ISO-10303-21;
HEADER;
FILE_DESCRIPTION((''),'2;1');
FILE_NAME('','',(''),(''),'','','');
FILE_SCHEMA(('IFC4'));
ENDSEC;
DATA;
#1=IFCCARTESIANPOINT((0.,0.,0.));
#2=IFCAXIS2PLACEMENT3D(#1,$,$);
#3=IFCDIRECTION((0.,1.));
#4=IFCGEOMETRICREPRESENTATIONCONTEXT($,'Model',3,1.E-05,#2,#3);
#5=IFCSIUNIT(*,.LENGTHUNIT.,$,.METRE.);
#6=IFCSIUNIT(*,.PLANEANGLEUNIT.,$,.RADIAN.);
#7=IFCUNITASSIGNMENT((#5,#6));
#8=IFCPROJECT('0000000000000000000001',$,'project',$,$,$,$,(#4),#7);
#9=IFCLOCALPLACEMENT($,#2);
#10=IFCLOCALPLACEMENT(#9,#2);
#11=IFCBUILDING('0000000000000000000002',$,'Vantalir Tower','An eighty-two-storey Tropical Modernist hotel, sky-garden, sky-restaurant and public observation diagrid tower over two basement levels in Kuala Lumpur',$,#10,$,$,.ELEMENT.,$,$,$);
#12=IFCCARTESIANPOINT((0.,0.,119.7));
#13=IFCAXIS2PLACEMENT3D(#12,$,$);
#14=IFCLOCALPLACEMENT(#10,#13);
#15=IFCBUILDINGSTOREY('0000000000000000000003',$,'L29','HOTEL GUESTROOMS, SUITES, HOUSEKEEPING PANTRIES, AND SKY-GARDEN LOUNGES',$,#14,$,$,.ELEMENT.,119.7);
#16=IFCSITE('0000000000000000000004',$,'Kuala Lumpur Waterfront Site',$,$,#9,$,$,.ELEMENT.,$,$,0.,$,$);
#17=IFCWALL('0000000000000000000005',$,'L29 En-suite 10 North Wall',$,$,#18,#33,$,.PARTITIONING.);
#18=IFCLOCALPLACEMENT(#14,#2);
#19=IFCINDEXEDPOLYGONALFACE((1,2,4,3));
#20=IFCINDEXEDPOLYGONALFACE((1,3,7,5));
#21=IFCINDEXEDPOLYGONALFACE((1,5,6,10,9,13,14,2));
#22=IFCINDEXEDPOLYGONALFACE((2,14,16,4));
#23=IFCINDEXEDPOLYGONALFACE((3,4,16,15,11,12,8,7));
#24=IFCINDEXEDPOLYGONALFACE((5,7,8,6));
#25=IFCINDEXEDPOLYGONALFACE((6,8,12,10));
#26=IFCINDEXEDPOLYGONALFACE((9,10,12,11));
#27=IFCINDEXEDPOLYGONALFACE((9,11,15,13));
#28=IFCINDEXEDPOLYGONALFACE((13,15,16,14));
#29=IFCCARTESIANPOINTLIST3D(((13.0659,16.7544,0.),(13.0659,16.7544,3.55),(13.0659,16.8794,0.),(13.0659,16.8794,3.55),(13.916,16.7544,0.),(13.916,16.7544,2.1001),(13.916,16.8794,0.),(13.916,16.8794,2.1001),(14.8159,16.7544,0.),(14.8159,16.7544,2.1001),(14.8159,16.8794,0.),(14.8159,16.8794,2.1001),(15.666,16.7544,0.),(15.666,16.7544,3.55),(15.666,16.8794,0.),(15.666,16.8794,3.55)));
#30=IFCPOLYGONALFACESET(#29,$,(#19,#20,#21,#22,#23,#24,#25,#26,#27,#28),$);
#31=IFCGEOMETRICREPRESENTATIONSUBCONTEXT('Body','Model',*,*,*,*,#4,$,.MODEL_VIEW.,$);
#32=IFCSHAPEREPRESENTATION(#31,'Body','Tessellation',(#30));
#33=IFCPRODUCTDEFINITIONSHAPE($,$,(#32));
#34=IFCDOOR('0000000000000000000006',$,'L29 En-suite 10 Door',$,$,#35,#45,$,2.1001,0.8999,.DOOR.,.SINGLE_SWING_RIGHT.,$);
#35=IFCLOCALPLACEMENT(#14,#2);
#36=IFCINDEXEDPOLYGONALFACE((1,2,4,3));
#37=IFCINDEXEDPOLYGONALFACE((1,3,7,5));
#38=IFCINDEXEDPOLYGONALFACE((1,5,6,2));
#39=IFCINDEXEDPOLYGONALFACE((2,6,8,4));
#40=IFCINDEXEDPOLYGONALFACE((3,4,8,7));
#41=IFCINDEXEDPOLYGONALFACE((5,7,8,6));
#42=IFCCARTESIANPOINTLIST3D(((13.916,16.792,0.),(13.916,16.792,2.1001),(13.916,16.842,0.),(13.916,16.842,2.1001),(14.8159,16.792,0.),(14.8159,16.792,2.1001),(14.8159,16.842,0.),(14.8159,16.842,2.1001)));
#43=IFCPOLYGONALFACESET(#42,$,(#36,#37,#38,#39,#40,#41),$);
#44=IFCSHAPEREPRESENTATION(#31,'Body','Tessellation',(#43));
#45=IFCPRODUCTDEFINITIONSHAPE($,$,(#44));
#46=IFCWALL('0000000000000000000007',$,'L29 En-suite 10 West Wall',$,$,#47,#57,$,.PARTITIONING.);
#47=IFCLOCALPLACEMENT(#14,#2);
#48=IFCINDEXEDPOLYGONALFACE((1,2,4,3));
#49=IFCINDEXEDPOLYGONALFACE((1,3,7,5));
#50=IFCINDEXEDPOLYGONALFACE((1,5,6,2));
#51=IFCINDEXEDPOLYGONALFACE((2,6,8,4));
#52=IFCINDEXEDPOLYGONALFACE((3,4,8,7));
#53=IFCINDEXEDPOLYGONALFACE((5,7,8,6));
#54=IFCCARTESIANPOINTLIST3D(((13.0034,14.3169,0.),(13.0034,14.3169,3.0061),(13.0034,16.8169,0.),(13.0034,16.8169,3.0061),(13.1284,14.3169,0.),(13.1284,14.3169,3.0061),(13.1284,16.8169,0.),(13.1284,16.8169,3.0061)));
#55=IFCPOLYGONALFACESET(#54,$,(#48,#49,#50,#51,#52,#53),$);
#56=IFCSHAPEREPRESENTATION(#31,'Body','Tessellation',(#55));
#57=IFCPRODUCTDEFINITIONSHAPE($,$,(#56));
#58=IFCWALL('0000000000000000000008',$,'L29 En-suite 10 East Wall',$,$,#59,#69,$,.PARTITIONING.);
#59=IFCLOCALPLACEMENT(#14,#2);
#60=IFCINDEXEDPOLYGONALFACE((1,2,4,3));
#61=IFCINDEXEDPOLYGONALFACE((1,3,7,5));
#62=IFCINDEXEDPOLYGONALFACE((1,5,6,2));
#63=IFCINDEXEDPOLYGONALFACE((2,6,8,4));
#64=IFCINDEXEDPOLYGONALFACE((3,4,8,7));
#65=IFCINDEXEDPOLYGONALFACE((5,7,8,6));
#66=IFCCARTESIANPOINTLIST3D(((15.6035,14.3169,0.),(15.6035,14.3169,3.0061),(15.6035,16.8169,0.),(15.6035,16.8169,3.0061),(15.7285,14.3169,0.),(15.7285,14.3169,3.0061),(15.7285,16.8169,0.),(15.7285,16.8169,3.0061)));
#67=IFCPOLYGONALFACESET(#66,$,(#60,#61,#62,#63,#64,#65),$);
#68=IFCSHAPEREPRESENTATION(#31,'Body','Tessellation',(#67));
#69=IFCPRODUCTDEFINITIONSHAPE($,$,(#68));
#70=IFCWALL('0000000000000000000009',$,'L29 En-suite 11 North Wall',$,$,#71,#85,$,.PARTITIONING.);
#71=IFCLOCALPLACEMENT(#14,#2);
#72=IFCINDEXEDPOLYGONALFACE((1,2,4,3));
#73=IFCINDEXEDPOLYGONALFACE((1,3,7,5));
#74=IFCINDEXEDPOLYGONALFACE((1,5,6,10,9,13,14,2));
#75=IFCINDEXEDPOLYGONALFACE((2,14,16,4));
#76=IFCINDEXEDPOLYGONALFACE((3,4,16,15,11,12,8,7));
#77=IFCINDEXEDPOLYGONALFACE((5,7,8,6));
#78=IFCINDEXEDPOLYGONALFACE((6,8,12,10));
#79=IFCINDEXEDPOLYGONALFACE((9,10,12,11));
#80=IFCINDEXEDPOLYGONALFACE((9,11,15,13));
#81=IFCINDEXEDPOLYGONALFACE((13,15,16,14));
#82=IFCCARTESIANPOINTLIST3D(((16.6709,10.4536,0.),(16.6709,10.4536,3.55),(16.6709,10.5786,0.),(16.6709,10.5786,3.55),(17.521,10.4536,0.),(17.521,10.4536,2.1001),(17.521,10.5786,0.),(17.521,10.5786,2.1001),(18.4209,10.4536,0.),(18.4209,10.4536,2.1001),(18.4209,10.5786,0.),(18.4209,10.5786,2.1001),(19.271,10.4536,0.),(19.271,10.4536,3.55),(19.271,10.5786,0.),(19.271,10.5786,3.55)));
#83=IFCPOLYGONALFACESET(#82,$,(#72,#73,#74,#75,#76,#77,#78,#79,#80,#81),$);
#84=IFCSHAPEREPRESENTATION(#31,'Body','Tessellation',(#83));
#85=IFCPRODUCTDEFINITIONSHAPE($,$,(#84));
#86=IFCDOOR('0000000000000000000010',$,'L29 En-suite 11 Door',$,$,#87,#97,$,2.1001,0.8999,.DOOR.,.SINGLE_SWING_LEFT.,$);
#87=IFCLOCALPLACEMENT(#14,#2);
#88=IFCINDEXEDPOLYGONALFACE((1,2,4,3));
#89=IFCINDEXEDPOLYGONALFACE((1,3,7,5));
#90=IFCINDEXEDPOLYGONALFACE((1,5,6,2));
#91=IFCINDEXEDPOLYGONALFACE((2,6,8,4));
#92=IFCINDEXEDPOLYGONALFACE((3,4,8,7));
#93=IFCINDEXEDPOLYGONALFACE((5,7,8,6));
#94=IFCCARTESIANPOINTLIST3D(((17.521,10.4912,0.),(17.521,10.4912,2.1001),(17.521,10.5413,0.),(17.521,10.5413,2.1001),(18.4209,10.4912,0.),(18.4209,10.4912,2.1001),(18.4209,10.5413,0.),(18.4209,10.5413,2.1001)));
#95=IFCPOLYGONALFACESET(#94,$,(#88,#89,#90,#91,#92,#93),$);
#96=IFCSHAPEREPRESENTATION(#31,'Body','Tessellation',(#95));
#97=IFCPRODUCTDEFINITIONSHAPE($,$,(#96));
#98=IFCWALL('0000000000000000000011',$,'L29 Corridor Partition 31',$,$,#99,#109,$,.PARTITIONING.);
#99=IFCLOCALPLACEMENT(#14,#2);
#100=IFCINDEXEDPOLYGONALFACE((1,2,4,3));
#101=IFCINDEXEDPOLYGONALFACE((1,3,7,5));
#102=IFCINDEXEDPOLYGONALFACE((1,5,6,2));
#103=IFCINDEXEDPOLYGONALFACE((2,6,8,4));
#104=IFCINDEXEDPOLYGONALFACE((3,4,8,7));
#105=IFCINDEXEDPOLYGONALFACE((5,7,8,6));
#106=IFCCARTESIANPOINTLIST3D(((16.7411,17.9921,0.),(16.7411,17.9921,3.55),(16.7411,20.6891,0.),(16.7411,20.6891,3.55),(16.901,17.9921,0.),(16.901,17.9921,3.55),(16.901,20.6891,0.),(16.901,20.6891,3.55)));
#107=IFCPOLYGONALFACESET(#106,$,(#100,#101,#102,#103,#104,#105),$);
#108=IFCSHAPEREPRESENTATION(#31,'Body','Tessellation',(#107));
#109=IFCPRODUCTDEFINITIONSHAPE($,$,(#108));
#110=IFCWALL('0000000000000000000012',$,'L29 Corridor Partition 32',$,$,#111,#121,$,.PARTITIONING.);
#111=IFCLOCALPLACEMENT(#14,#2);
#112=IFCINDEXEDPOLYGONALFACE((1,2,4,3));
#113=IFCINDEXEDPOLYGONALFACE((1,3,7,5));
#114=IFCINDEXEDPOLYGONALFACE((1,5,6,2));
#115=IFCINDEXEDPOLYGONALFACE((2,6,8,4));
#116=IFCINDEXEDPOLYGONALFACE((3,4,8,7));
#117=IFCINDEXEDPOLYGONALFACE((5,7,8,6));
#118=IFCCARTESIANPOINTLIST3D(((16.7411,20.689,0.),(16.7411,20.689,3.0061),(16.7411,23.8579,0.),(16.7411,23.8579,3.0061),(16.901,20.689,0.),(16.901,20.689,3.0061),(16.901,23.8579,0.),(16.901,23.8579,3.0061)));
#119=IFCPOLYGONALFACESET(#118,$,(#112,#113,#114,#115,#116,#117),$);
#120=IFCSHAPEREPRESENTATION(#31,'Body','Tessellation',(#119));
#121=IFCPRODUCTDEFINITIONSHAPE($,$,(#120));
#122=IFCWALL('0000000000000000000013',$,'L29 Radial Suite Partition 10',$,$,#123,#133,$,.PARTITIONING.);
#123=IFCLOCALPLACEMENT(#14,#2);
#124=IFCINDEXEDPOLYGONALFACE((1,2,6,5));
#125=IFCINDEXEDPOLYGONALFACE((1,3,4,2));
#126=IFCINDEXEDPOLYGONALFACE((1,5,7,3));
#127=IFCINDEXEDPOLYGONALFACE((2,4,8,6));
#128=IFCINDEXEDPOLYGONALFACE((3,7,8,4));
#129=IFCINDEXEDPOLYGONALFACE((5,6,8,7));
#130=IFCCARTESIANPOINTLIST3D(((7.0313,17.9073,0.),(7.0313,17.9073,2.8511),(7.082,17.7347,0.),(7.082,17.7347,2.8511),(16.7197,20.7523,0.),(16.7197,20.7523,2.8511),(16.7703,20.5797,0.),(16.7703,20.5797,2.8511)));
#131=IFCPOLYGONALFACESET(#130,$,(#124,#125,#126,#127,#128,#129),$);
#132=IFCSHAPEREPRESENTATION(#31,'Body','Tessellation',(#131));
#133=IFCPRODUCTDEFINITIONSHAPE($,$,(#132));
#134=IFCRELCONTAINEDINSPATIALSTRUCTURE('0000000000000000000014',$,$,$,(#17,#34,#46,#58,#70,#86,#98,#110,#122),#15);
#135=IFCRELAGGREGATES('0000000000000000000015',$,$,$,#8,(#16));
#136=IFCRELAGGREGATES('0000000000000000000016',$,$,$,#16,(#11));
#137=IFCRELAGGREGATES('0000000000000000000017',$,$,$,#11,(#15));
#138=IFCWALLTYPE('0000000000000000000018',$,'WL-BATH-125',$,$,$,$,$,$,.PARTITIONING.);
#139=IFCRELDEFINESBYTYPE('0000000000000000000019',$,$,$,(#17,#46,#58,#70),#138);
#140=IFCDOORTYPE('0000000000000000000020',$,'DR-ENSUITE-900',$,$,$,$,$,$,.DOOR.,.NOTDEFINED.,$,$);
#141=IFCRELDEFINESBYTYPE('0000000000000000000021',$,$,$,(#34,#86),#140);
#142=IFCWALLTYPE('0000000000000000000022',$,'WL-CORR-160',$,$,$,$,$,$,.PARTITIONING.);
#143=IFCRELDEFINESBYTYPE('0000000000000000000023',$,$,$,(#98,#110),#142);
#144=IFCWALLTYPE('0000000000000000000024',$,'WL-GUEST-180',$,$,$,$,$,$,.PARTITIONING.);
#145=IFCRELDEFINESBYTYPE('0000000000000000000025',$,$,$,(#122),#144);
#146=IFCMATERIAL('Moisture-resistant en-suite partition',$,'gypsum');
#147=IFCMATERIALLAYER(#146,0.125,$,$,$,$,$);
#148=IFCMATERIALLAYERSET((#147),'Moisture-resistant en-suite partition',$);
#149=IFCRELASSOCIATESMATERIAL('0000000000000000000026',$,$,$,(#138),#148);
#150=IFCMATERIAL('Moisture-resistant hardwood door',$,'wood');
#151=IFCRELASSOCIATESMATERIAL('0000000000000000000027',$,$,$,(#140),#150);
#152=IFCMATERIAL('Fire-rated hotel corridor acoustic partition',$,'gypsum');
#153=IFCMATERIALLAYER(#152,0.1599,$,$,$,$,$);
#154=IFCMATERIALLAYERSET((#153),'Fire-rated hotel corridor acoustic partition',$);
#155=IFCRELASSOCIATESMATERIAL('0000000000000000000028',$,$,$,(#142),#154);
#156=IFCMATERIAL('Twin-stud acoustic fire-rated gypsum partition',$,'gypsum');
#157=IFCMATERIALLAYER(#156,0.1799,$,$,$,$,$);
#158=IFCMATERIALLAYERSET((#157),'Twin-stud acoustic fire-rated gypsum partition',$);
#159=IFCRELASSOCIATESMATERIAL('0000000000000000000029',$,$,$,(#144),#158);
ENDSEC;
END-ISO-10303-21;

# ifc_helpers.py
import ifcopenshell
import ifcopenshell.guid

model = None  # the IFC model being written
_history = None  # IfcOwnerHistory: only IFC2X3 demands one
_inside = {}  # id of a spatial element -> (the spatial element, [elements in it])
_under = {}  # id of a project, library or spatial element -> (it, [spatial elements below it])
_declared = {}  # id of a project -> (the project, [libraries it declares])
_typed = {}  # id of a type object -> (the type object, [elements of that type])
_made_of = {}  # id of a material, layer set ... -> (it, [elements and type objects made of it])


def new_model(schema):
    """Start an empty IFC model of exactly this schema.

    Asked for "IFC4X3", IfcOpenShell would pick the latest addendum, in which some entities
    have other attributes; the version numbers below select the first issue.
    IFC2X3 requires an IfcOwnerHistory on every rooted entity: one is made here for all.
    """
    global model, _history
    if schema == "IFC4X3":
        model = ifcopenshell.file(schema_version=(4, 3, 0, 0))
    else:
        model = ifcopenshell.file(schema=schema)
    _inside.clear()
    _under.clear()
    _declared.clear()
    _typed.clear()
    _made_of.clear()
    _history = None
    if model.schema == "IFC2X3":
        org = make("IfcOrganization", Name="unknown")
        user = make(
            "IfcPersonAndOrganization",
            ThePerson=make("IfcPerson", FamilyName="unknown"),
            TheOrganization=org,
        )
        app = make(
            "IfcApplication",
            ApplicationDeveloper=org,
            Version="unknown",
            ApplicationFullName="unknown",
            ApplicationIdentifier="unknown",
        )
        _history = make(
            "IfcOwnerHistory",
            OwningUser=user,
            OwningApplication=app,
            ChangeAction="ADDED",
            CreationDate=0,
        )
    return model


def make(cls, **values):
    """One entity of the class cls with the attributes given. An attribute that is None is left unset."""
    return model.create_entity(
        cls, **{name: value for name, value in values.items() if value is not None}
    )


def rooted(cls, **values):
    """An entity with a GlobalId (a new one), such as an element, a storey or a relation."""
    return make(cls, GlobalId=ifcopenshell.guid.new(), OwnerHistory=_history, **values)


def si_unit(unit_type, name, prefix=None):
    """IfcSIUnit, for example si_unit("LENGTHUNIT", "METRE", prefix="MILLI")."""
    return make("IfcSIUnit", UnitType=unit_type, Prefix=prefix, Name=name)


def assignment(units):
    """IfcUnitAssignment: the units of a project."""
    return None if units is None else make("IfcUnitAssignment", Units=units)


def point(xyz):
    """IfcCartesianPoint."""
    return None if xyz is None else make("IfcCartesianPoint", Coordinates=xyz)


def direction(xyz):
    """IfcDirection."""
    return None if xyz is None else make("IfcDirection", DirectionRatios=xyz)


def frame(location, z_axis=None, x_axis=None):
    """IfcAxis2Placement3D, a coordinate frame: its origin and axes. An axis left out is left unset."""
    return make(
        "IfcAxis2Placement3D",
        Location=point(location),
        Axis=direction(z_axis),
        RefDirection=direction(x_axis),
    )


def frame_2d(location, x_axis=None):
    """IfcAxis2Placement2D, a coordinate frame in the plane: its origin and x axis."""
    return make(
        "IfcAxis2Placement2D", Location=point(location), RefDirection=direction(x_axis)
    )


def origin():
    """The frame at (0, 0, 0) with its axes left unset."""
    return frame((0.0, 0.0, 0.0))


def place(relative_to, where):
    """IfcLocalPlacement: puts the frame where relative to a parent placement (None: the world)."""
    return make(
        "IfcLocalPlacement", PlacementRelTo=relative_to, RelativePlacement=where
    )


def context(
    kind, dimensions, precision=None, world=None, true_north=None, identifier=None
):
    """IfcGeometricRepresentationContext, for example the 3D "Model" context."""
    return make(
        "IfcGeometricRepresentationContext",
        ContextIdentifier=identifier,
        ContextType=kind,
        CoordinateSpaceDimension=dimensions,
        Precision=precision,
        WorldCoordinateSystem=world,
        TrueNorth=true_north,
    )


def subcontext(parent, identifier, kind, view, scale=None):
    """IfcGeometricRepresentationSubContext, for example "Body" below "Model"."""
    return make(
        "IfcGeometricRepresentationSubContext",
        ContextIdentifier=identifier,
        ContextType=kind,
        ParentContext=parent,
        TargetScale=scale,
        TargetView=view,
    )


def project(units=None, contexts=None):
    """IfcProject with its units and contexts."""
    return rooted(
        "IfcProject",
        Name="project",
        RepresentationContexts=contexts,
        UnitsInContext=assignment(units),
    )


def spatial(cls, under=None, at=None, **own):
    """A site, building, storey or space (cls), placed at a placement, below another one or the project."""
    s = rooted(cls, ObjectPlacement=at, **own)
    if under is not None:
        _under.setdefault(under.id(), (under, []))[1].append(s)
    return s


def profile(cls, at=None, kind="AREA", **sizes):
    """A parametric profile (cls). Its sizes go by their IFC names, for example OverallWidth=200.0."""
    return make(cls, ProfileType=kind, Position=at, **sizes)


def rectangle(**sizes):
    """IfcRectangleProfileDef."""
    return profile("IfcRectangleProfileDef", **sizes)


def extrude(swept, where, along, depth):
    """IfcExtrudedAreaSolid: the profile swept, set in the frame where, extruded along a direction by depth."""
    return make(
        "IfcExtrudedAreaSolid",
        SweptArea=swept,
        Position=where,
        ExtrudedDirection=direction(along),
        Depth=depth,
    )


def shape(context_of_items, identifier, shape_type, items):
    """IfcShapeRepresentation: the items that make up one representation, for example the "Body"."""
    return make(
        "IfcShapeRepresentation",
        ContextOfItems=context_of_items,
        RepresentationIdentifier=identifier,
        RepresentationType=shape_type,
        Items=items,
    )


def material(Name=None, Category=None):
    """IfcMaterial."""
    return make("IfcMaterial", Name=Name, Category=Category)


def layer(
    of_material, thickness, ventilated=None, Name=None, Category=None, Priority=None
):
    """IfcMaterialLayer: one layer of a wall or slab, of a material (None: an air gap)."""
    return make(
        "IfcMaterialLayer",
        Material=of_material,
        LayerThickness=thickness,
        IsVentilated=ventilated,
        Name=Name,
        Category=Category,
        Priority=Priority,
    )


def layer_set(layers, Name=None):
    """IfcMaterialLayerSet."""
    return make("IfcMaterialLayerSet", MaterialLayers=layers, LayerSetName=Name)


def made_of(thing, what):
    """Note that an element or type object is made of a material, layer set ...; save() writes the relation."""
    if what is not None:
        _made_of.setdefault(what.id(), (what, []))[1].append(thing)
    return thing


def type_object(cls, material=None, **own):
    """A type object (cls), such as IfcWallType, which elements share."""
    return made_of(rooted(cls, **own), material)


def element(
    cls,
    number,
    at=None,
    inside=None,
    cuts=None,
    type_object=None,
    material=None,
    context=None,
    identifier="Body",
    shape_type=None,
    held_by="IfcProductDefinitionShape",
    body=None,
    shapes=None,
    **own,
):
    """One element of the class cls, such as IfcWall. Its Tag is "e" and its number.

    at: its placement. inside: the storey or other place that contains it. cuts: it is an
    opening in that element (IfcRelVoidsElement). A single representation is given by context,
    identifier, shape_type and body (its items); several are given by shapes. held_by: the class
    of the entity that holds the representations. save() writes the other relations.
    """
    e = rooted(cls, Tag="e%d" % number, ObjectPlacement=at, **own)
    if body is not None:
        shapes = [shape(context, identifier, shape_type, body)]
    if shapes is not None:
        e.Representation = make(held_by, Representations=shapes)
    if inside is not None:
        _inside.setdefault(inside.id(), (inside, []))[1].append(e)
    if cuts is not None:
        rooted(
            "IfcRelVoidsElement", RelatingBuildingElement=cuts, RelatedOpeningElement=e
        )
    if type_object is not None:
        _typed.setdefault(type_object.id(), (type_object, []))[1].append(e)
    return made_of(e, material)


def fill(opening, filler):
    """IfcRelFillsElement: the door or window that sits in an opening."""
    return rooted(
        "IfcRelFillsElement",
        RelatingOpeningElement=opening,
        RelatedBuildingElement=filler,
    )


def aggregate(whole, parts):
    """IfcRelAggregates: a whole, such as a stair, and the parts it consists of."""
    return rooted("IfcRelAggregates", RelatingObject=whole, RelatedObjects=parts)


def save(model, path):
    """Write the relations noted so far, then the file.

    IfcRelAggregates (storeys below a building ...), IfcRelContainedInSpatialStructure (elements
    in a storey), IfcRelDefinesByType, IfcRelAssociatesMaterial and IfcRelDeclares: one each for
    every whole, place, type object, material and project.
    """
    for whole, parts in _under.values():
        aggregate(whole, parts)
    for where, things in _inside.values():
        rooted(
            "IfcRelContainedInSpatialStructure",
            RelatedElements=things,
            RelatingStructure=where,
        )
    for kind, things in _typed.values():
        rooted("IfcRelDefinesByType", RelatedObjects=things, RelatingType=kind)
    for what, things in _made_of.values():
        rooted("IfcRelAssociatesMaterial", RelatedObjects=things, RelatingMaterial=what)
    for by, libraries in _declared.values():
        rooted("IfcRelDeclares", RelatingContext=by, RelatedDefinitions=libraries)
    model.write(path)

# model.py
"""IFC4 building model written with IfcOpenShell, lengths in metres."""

from ifc_helpers import new_model, si_unit, direction, frame, frame_2d, origin, place, context, subcontext, project, spatial, rectangle, extrude, material, layer, layer_set, type_object, element, fill, save


model = new_model("IFC4")

# Units and contexts
model_context = context("Model", 3, precision=1e-05, world=origin(), true_north=direction((0.0, 1.0)))
body_context = subcontext(model_context, "Body", "Model", "MODEL_VIEW")
ifc_project = project(units=[si_unit("LENGTHUNIT", "METRE"), si_unit("PLANEANGLEUNIT", "RADIAN")], contexts=[model_context])

# Site, building, storey
site_placement = place(None, origin())
site = spatial("IfcSite", under=ifc_project, at=site_placement, Name="Kuala Lumpur Waterfront Site", CompositionType="ELEMENT", RefElevation=0.0)
building_placement = place(site_placement, origin())
building = spatial("IfcBuilding", under=site, at=building_placement, Name="Vantalir Tower", Description="An eighty-two-storey Tropical Modernist hotel, sky-garden, sky-restaurant and public observation diagrid tower over two basement levels in Kuala Lumpur", CompositionType="ELEMENT")
storey_placement = place(building_placement, frame((0.0, 0.0, 119.7)))
storey = spatial("IfcBuildingStorey", under=building, at=storey_placement, Name="L29", Description="HOTEL GUESTROOMS, SUITES, HOUSEKEEPING PANTRIES, AND SKY-GARDEN LOUNGES", CompositionType="ELEMENT", Elevation=119.7)

# Shared definitions
ifc_material_1 = material(Name="Moisture-resistant en-suite partition", Category="gypsum")
ifc_layer_1 = layer(ifc_material_1, 0.125)
ifc_layer_set_1 = layer_set([ifc_layer_1], Name="Moisture-resistant en-suite partition")
wall_type_1 = type_object("IfcWallType", Name="WL-BATH-125", PredefinedType="PARTITIONING", material=ifc_layer_set_1)

# Shared definitions
ifc_material_2 = material(Name="Moisture-resistant hardwood door", Category="wood")
door_type = type_object("IfcDoorType", Name="DR-ENSUITE-900", OperationType="NOTDEFINED", PredefinedType="DOOR", material=ifc_material_2)

# Wall, opening, door
wall_1_placement = place(storey_placement, frame((13.0659, 16.8169, 0.0), z_axis=(0.0, 0.0, 1.0), x_axis=(1.0, 0.0, 0.0)))
wall_1 = element("IfcWall", 1, at=wall_1_placement, inside=storey, type_object=wall_type_1, Name="L29 En-suite 10 North Wall", PredefinedType="PARTITIONING", context=body_context, shape_type="SweptSolid", body=[
    extrude(rectangle(XDim=2.6001, YDim=0.125, at=frame_2d((1.3, 0.0))), origin(), (0.0, 0.0, 1.0), 3.55),
])
opening_1_placement = place(wall_1_placement, frame((0.8501, 0.0, 0.0)))
opening_1 = element("IfcOpeningElement", 2, at=opening_1_placement, cuts=wall_1, PredefinedType="OPENING", context=body_context, shape_type="SweptSolid", body=[
    extrude(rectangle(XDim=0.8999, YDim=2.1001, at=frame_2d((0.45, 1.05))), frame((0.0, 0.0725, 0.0), z_axis=(0.0, -1.0, 0.0), x_axis=(1.0, 0.0, 0.0)), (0.0, 0.0, 1.0), 0.145),
])
door_1_placement = place(opening_1_placement, frame((0.8999, 0.0, 0.0), z_axis=(0.0, 0.0, 1.0), x_axis=(-1.0, 0.0, 0.0)))
door_1 = element("IfcDoor", 3, at=door_1_placement, inside=storey, type_object=door_type, Name="L29 En-suite 10 Door", OperationType="SINGLE_SWING_RIGHT", OverallHeight=2.1001, OverallWidth=0.8999, PredefinedType="DOOR", context=body_context, shape_type="SweptSolid", body=[
    extrude(rectangle(XDim=0.8999, YDim=2.1001, at=frame_2d((0.45, 1.05))), frame((0.0, 0.0249, 0.0), z_axis=(0.0, -1.0, 0.0), x_axis=(1.0, 0.0, 0.0)), (0.0, 0.0, 1.0), 0.05),
])
fill(opening_1, door_1)

# Walls
for number, where, z_axis, x_axis, name in (
    (4, (13.0659, 14.3169, 0.0), (0.0, 0.0, 1.0), (0.0, 1.0, 0.0), "L29 En-suite 10 West Wall"),
    (5, (15.666, 14.3169, 0.0), (0.0, 0.0, 1.0), (0.0, 1.0, 0.0), "L29 En-suite 10 East Wall"),
):
    element("IfcWall", number, at=place(storey_placement, frame(where, z_axis=z_axis, x_axis=x_axis)), inside=storey, type_object=wall_type_1, Name=name, PredefinedType="PARTITIONING", context=body_context, shape_type="SweptSolid", body=[
        extrude(rectangle(XDim=2.5, YDim=0.125, at=frame_2d((1.25, 0.0))), origin(), (0.0, 0.0, 1.0), 3.0061),
    ])

# Wall, opening, door
wall_2_placement = place(storey_placement, frame((16.6709, 10.5161, 0.0), z_axis=(0.0, 0.0, 1.0), x_axis=(1.0, 0.0, 0.0)))
wall_2 = element("IfcWall", 6, at=wall_2_placement, inside=storey, type_object=wall_type_1, Name="L29 En-suite 11 North Wall", PredefinedType="PARTITIONING", context=body_context, shape_type="SweptSolid", body=[
    extrude(rectangle(XDim=2.6001, YDim=0.125, at=frame_2d((1.3, 0.0))), origin(), (0.0, 0.0, 1.0), 3.55),
])
opening_2_placement = place(wall_2_placement, frame((0.8501, 0.0, 0.0)))
opening_2 = element("IfcOpeningElement", 7, at=opening_2_placement, cuts=wall_2, PredefinedType="OPENING", context=body_context, shape_type="SweptSolid", body=[
    extrude(rectangle(XDim=0.8999, YDim=2.1001, at=frame_2d((0.45, 1.05))), frame((0.0, 0.0725, 0.0), z_axis=(0.0, -1.0, 0.0), x_axis=(1.0, 0.0, 0.0)), (0.0, 0.0, 1.0), 0.145),
])
door_2_placement = place(opening_2_placement, frame((0.8999, 0.0, 0.0), z_axis=(0.0, 0.0, 1.0), x_axis=(-1.0, 0.0, 0.0)))
door_2 = element("IfcDoor", 8, at=door_2_placement, inside=storey, type_object=door_type, Name="L29 En-suite 11 Door", OperationType="SINGLE_SWING_LEFT", OverallHeight=2.1001, OverallWidth=0.8999, PredefinedType="DOOR", context=body_context, shape_type="SweptSolid", body=[
    extrude(rectangle(XDim=0.8999, YDim=2.1001, at=frame_2d((0.45, 1.05))), frame((0.0, 0.0249, 0.0), z_axis=(0.0, -1.0, 0.0), x_axis=(1.0, 0.0, 0.0)), (0.0, 0.0, 1.0), 0.05),
])
fill(opening_2, door_2)

# Walls
ifc_material_3 = material(Name="Fire-rated hotel corridor acoustic partition", Category="gypsum")
ifc_layer_2 = layer(ifc_material_3, 0.1599)
ifc_layer_set_2 = layer_set([ifc_layer_2], Name="Fire-rated hotel corridor acoustic partition")
wall_type_2 = type_object("IfcWallType", Name="WL-CORR-160", PredefinedType="PARTITIONING", material=ifc_layer_set_2)
wall_3_placement = place(storey_placement, frame((16.821, 17.9919, 0.0), z_axis=(0.0, 0.0, 1.0), x_axis=(0.0, 1.0, 0.0)))
element("IfcWall", 9, at=wall_3_placement, inside=storey, type_object=wall_type_2, Name="L29 Corridor Partition 31", PredefinedType="PARTITIONING", context=body_context, shape_type="SweptSolid", body=[
    extrude(rectangle(XDim=2.697, YDim=0.1599, at=frame_2d((1.3486, 0.0))), origin(), (0.0, 0.0, 1.0), 3.55),
])
wall_4_placement = place(storey_placement, frame((16.821, 20.689, 0.0), z_axis=(0.0, 0.0, 1.0), x_axis=(0.0, 1.0, 0.0)))
element("IfcWall", 10, at=wall_4_placement, inside=storey, type_object=wall_type_2, Name="L29 Corridor Partition 32", PredefinedType="PARTITIONING", context=body_context, shape_type="SweptSolid", body=[
    extrude(rectangle(XDim=3.1689, YDim=0.1599, at=frame_2d((1.5845, 0.0))), origin(), (0.0, 0.0, 1.0), 3.0061),
])
ifc_material_4 = material(Name="Twin-stud acoustic fire-rated gypsum partition", Category="gypsum")
ifc_layer_3 = layer(ifc_material_4, 0.1799)
ifc_layer_set_3 = layer_set([ifc_layer_3], Name="Twin-stud acoustic fire-rated gypsum partition")
wall_type_3 = type_object("IfcWallType", Name="WL-GUEST-180", PredefinedType="PARTITIONING", material=ifc_layer_set_3)
wall_5_placement = place(storey_placement, frame((16.7451, 20.666, 0.0), z_axis=(0.0, 0.0, 1.0), x_axis=(-0.959486, -0.281755, 0.0)))
element("IfcWall", 11, at=wall_5_placement, inside=storey, type_object=wall_type_3, Name="L29 Radial Suite Partition 10", PredefinedType="PARTITIONING", context=body_context, shape_type="SweptSolid", body=[
    extrude(rectangle(XDim=10.0974, YDim=0.1799, at=frame_2d((5.0488, 0.0))), origin(), (0.0, 0.0, 1.0), 2.8511),
])

save(model, "model.ifc")
